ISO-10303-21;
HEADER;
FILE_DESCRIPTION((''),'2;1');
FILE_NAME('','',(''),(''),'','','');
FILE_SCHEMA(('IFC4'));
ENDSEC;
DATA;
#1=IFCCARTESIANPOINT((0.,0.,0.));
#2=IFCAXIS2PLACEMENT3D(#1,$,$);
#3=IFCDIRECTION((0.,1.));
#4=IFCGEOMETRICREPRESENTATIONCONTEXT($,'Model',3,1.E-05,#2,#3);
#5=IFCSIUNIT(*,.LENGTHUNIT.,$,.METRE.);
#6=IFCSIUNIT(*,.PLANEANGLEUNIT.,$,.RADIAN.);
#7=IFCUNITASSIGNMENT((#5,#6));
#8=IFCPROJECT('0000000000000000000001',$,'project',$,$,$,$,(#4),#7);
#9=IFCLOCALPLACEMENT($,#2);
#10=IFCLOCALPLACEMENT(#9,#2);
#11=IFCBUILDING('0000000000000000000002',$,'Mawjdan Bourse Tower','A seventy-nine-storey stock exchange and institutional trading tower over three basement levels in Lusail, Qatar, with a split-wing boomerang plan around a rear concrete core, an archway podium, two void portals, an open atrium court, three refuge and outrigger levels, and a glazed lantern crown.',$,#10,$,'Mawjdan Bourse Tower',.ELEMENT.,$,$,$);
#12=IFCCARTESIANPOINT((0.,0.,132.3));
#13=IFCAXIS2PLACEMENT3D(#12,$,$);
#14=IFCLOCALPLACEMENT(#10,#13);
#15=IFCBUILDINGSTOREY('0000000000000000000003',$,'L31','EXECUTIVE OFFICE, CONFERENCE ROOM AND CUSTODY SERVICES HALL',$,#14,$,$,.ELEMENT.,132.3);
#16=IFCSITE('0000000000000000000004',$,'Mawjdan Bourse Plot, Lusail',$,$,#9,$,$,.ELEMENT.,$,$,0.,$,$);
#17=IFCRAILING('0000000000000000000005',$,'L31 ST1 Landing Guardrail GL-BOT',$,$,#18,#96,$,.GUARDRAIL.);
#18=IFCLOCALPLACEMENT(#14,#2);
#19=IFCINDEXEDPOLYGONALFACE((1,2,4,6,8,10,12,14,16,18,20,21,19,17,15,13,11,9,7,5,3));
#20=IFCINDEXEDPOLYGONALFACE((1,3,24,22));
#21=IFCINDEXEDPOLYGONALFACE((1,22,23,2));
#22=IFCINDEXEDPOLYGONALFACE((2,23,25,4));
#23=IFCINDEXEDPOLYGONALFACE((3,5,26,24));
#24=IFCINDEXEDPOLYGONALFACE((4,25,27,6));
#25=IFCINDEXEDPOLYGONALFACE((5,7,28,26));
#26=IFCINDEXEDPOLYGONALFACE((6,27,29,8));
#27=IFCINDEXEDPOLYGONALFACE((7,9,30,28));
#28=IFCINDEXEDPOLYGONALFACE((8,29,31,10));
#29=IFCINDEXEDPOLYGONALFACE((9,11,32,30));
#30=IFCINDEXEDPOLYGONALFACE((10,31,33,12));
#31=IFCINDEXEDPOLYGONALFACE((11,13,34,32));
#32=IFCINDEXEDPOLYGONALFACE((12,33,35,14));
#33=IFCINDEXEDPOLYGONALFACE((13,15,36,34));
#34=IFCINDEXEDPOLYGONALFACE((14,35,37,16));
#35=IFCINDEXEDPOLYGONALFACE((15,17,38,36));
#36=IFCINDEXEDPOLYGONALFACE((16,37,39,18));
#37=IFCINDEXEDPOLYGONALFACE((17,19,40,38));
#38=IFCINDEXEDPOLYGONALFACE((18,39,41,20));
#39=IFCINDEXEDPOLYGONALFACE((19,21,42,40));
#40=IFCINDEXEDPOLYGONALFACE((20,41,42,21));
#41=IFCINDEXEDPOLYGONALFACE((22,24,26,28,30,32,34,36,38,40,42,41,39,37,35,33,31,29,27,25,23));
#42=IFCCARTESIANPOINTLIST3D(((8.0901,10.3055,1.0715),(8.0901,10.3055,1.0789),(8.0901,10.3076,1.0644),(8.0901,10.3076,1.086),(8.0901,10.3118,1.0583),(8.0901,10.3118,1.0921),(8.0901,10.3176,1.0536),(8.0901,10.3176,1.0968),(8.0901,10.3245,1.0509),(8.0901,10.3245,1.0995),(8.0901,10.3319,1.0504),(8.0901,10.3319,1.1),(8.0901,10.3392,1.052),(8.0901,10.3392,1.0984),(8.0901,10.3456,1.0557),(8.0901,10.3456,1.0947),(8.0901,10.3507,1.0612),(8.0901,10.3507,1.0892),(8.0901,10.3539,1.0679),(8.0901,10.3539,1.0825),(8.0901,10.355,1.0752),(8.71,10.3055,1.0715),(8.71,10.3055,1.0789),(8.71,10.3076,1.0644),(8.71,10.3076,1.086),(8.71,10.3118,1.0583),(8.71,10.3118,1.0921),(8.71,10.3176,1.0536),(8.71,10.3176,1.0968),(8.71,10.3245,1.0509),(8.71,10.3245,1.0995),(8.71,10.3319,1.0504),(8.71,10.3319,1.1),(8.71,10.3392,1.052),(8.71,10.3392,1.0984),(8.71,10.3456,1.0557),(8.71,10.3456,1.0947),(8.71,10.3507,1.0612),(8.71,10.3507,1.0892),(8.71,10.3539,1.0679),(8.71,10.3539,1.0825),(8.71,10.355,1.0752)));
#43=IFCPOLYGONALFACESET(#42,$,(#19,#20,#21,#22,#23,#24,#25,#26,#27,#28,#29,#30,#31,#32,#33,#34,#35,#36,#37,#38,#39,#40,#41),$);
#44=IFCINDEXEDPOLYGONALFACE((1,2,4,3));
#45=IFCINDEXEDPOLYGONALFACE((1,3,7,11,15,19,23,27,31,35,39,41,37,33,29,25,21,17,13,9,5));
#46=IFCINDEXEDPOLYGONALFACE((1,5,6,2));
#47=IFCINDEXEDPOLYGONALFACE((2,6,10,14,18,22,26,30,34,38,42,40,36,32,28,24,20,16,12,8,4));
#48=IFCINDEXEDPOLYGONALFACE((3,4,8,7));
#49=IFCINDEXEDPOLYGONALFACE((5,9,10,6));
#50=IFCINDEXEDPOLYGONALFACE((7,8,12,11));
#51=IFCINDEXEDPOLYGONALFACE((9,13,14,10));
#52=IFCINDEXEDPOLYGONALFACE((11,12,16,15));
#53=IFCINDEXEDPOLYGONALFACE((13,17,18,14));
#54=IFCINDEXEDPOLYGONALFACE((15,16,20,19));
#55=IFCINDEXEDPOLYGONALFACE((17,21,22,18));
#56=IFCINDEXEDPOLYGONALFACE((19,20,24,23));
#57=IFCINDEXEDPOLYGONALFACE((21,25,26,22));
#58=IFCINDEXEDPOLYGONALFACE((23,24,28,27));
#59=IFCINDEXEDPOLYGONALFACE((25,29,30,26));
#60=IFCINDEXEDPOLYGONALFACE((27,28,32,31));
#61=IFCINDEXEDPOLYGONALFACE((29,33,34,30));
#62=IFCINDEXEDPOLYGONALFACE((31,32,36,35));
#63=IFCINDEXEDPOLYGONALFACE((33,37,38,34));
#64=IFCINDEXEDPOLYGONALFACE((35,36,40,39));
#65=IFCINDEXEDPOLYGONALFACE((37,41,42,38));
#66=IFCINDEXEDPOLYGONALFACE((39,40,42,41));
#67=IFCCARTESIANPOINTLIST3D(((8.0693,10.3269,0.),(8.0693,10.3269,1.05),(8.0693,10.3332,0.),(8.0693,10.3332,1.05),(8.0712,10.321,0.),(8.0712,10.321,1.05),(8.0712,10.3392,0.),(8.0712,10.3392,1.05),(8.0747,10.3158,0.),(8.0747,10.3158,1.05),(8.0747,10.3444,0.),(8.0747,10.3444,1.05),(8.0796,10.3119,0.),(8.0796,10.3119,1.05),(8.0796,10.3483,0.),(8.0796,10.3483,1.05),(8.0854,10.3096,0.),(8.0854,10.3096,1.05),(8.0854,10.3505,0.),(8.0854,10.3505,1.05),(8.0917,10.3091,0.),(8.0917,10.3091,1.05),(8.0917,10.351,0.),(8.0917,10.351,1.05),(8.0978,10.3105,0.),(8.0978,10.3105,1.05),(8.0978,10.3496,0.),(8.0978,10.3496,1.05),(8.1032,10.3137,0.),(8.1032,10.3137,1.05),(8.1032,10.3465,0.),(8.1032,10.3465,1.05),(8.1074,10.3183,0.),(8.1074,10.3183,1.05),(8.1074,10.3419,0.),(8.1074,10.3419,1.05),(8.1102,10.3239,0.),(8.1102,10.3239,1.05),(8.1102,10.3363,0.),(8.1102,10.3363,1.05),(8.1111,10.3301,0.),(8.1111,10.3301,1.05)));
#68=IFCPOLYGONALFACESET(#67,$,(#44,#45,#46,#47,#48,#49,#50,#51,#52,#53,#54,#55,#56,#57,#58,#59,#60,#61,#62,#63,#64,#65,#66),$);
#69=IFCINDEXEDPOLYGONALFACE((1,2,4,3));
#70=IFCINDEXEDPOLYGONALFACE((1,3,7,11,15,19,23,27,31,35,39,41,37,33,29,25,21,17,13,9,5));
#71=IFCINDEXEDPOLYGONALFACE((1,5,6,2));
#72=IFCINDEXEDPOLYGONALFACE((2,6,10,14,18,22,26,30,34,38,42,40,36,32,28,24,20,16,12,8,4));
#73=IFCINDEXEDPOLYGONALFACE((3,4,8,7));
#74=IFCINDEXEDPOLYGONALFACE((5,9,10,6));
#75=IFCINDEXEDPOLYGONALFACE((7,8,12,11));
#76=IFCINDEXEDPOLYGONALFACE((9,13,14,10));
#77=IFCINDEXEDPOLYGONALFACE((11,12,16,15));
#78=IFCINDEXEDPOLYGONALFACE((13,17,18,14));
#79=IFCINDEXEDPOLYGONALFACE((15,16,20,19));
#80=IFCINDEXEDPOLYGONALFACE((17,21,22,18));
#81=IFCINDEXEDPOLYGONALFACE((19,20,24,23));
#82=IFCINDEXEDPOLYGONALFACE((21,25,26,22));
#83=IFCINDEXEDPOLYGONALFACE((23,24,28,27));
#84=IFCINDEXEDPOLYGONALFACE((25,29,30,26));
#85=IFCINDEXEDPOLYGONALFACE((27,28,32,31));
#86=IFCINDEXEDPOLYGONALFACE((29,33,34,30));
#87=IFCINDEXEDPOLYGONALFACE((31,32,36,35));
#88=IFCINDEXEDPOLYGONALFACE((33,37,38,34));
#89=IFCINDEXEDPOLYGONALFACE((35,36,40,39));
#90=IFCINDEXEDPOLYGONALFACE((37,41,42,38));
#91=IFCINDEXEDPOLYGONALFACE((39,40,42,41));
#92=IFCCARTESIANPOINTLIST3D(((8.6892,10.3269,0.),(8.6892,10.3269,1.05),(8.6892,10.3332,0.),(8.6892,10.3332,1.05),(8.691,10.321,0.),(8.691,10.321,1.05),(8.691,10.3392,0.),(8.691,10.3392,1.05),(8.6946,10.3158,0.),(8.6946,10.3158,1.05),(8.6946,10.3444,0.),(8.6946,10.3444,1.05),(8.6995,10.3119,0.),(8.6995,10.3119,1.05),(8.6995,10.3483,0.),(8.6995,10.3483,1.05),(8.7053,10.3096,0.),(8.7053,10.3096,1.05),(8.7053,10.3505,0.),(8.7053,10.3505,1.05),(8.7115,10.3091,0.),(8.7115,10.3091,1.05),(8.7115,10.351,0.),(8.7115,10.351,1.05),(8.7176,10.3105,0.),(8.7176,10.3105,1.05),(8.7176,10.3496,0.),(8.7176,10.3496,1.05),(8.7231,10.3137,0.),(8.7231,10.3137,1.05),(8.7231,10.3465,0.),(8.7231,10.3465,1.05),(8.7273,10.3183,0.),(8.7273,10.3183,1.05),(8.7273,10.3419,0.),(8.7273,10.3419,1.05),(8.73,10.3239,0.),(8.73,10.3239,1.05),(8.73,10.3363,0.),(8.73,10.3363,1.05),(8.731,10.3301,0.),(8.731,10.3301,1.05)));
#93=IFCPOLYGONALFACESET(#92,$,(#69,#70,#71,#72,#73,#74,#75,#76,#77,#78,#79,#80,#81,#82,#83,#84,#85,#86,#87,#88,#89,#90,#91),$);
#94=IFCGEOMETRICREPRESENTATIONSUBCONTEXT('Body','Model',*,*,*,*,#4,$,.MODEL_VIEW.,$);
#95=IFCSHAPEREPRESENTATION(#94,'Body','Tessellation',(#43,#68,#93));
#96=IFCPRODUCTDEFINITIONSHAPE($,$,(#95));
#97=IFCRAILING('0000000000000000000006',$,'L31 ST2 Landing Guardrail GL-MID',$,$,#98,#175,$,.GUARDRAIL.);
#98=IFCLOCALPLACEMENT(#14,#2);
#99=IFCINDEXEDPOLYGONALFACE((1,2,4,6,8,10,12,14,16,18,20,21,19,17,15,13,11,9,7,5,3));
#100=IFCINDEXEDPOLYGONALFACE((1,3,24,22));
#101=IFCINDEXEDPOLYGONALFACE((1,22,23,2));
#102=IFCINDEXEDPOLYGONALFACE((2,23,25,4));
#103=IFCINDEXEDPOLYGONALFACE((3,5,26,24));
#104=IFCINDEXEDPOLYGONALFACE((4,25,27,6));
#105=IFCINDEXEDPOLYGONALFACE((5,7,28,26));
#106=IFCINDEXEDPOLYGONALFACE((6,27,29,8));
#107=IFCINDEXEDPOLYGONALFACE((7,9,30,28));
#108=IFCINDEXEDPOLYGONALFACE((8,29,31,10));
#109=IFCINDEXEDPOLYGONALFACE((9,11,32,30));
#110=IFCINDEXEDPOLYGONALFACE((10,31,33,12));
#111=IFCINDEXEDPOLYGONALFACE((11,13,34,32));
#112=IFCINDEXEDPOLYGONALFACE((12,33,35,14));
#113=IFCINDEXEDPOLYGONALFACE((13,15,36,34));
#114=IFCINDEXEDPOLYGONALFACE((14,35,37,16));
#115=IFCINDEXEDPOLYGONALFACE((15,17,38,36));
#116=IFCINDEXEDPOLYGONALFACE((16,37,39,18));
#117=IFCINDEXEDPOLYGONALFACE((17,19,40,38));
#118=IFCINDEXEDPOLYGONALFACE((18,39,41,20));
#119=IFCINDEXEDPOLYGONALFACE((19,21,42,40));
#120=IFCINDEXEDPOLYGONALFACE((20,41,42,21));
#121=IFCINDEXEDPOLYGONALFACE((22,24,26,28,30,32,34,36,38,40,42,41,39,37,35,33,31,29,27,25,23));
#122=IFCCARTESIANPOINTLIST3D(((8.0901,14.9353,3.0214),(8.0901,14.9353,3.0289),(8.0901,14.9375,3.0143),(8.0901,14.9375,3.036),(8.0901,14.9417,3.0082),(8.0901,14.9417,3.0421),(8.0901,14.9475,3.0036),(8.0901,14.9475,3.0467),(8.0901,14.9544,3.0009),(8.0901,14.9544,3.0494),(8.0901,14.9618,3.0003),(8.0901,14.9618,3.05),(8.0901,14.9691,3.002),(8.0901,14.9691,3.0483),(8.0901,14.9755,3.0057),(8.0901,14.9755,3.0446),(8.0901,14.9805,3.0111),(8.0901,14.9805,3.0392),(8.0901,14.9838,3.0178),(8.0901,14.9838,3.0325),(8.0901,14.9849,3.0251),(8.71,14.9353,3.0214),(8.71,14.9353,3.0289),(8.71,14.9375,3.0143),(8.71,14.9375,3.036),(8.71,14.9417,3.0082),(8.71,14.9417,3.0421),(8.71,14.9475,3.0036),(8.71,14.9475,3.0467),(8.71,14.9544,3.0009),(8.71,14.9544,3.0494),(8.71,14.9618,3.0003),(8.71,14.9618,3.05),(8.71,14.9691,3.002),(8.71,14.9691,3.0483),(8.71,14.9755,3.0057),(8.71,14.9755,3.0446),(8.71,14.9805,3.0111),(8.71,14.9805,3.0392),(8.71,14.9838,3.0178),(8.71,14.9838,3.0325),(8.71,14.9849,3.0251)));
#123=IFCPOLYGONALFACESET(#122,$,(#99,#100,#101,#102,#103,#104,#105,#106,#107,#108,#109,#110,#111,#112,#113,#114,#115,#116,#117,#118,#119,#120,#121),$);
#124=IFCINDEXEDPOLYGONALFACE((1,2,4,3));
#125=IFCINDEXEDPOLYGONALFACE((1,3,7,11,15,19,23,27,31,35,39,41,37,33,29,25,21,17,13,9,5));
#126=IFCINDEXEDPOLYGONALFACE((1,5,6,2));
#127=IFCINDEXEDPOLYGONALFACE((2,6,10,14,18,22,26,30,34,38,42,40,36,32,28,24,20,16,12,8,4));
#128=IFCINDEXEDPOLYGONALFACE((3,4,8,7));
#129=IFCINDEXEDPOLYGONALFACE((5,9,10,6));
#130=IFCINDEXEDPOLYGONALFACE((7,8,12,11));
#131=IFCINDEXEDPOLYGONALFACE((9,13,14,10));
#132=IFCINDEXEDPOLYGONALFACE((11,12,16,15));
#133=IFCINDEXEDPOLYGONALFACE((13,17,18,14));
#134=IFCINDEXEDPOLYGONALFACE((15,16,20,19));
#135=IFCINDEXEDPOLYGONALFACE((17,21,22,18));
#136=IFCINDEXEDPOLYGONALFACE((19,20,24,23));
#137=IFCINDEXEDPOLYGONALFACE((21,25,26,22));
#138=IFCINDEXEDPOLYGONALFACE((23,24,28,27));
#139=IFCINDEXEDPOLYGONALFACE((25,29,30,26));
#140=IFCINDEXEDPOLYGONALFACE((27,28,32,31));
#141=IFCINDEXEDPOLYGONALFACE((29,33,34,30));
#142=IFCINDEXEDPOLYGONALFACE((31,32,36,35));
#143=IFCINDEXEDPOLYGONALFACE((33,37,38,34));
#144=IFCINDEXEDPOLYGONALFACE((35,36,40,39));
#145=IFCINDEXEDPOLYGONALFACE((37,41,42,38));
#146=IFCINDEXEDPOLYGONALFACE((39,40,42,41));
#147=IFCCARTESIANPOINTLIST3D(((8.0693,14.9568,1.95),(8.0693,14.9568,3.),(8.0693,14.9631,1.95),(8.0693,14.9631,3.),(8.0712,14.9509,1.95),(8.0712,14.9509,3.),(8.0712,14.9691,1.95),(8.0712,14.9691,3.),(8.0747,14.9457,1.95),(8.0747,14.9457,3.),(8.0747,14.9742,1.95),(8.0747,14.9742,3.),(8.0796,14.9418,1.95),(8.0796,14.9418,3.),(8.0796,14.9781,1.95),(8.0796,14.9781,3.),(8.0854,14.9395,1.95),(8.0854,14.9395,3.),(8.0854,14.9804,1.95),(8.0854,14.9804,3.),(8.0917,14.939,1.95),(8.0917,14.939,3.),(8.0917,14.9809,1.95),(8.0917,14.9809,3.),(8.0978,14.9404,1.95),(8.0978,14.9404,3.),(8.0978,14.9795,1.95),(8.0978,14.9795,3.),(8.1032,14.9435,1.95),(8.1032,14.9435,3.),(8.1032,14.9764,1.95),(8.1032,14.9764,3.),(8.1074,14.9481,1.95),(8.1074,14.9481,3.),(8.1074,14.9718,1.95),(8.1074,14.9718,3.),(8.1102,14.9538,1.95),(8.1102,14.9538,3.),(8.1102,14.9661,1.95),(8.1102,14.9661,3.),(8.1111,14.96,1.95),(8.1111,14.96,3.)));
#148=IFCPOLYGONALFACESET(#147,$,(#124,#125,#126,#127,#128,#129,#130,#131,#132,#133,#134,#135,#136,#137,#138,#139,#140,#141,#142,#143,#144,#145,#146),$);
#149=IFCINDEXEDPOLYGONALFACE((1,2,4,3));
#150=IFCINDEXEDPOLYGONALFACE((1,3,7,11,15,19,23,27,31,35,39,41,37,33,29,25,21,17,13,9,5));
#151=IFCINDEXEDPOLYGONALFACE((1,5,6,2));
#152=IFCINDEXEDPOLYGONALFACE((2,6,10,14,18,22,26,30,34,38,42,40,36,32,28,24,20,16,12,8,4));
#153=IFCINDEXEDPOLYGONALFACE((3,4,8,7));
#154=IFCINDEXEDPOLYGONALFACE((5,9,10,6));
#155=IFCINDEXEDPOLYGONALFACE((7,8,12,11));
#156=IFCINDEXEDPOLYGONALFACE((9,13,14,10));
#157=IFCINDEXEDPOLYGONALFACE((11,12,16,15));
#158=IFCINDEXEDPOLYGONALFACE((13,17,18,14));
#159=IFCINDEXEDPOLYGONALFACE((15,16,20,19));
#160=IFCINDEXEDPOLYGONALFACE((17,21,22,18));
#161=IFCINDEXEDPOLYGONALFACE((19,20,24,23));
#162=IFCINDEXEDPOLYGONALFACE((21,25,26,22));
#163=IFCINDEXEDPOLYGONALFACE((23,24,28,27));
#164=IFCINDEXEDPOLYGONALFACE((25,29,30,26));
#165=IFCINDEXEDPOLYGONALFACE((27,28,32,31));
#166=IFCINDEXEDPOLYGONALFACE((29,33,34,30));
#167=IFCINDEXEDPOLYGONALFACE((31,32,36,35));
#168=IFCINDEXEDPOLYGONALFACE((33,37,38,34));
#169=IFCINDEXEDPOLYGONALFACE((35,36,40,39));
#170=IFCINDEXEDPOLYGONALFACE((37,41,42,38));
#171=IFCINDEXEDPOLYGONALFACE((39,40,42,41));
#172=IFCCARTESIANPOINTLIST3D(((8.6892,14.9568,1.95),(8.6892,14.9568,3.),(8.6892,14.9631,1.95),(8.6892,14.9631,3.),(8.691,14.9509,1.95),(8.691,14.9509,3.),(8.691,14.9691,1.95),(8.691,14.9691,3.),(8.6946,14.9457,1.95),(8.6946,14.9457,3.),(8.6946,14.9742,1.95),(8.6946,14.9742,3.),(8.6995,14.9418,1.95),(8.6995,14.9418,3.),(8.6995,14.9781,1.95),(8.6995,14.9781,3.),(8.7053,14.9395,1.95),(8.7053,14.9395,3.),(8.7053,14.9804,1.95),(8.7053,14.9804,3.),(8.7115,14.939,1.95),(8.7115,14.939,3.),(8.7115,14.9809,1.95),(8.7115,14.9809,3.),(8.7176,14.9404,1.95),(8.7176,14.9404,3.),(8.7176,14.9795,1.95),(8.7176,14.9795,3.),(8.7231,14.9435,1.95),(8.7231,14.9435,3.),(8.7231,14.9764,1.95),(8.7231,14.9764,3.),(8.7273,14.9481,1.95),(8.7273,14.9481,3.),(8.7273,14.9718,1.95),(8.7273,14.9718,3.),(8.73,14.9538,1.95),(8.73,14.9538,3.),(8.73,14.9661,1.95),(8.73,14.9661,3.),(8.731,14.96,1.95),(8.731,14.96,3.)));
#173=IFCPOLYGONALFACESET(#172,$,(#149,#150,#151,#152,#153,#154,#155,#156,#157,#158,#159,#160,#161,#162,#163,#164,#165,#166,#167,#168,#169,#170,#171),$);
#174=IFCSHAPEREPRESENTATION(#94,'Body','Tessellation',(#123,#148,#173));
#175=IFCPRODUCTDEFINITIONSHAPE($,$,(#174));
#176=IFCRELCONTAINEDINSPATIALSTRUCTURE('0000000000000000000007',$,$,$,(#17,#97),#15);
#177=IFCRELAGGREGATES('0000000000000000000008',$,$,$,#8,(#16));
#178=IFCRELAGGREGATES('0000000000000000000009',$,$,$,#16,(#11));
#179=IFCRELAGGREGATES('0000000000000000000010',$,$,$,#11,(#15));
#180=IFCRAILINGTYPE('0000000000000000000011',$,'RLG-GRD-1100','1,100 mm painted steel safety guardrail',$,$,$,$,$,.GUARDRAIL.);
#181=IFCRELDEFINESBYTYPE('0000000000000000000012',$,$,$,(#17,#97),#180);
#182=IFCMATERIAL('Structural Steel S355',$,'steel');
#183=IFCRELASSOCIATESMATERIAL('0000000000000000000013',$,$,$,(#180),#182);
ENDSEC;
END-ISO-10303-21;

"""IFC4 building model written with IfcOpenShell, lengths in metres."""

from ifc_helpers import new_model, si_unit, direction, frame, origin, origin_2d, place, context, subcontext, project, spatial, circle, extrude, material, type_object, element, save


model = new_model("IFC4")

# Units and contexts
model_context = context("Model", 3, precision=1e-05, world=origin(), true_north=direction((0.0, 1.0)))
body_context = subcontext(model_context, "Body", "Model", "MODEL_VIEW")
ifc_project = project(units=[si_unit("LENGTHUNIT", "METRE"), si_unit("PLANEANGLEUNIT", "RADIAN")], contexts=[model_context])

# Site, building, storey
site_placement = place(None, origin())
site = spatial("IfcSite", under=ifc_project, at=site_placement, Name="Mawjdan Bourse Plot, Lusail", CompositionType="ELEMENT", RefElevation=0.0)
building_placement = place(site_placement, origin())
building = spatial("IfcBuilding", under=site, at=building_placement, Name="Mawjdan Bourse Tower", Description="A seventy-nine-storey stock exchange and institutional trading tower over three basement levels in Lusail, Qatar, with a split-wing boomerang plan around a rear concrete core, an archway podium, two void portals, an open atrium court, three refuge and outrigger levels, and a glazed lantern crown.", LongName="Mawjdan Bourse Tower", CompositionType="ELEMENT")
storey_placement = place(building_placement, frame((0.0, 0.0, 132.3)))
storey = spatial("IfcBuildingStorey", under=building, at=storey_placement, Name="L31", Description="EXECUTIVE OFFICE, CONFERENCE ROOM AND CUSTODY SERVICES HALL", CompositionType="ELEMENT", Elevation=132.3)

# Shared definitions
ifc_material_1 = material(Name="Structural Steel S355", Category="steel")

# Railings
railing_type_1 = type_object("IfcRailingType", Name="RLG-GRD-1100", Description="1,100 mm painted steel safety guardrail", PredefinedType="GUARDRAIL", material=ifc_material_1)
for number, where, name in (
    (1, (8.0901, 10.3301, 0.0), "L31 ST1 Landing Guardrail GL-BOT"),
    (2, (8.0901, 14.96, 1.95), "L31 ST2 Landing Guardrail GL-MID"),
):
    element("IfcRailing", number, at=place(storey_placement, frame(where)), inside=storey, type_object=railing_type_1, Name=name, PredefinedType="GUARDRAIL", context=body_context, shape_type="SweptSolid", body=[
        extrude(circle(Radius=0.0249, at=origin_2d()), frame((0.0, 0.0, 1.0752), z_axis=(1.0, 0.0, 0.0), x_axis=(0.0, 1.0, 0.0)), (0.0, 0.0, 1.0), 0.6199),
        extrude(circle(Radius=0.021, at=origin_2d()), origin(), (0.0, 0.0, 1.0), 1.05),
        extrude(circle(Radius=0.021, at=origin_2d()), frame((0.6199, 0.0, 0.0)), (0.0, 0.0, 1.0), 1.05),
    ])

save(model, "model.ifc")
